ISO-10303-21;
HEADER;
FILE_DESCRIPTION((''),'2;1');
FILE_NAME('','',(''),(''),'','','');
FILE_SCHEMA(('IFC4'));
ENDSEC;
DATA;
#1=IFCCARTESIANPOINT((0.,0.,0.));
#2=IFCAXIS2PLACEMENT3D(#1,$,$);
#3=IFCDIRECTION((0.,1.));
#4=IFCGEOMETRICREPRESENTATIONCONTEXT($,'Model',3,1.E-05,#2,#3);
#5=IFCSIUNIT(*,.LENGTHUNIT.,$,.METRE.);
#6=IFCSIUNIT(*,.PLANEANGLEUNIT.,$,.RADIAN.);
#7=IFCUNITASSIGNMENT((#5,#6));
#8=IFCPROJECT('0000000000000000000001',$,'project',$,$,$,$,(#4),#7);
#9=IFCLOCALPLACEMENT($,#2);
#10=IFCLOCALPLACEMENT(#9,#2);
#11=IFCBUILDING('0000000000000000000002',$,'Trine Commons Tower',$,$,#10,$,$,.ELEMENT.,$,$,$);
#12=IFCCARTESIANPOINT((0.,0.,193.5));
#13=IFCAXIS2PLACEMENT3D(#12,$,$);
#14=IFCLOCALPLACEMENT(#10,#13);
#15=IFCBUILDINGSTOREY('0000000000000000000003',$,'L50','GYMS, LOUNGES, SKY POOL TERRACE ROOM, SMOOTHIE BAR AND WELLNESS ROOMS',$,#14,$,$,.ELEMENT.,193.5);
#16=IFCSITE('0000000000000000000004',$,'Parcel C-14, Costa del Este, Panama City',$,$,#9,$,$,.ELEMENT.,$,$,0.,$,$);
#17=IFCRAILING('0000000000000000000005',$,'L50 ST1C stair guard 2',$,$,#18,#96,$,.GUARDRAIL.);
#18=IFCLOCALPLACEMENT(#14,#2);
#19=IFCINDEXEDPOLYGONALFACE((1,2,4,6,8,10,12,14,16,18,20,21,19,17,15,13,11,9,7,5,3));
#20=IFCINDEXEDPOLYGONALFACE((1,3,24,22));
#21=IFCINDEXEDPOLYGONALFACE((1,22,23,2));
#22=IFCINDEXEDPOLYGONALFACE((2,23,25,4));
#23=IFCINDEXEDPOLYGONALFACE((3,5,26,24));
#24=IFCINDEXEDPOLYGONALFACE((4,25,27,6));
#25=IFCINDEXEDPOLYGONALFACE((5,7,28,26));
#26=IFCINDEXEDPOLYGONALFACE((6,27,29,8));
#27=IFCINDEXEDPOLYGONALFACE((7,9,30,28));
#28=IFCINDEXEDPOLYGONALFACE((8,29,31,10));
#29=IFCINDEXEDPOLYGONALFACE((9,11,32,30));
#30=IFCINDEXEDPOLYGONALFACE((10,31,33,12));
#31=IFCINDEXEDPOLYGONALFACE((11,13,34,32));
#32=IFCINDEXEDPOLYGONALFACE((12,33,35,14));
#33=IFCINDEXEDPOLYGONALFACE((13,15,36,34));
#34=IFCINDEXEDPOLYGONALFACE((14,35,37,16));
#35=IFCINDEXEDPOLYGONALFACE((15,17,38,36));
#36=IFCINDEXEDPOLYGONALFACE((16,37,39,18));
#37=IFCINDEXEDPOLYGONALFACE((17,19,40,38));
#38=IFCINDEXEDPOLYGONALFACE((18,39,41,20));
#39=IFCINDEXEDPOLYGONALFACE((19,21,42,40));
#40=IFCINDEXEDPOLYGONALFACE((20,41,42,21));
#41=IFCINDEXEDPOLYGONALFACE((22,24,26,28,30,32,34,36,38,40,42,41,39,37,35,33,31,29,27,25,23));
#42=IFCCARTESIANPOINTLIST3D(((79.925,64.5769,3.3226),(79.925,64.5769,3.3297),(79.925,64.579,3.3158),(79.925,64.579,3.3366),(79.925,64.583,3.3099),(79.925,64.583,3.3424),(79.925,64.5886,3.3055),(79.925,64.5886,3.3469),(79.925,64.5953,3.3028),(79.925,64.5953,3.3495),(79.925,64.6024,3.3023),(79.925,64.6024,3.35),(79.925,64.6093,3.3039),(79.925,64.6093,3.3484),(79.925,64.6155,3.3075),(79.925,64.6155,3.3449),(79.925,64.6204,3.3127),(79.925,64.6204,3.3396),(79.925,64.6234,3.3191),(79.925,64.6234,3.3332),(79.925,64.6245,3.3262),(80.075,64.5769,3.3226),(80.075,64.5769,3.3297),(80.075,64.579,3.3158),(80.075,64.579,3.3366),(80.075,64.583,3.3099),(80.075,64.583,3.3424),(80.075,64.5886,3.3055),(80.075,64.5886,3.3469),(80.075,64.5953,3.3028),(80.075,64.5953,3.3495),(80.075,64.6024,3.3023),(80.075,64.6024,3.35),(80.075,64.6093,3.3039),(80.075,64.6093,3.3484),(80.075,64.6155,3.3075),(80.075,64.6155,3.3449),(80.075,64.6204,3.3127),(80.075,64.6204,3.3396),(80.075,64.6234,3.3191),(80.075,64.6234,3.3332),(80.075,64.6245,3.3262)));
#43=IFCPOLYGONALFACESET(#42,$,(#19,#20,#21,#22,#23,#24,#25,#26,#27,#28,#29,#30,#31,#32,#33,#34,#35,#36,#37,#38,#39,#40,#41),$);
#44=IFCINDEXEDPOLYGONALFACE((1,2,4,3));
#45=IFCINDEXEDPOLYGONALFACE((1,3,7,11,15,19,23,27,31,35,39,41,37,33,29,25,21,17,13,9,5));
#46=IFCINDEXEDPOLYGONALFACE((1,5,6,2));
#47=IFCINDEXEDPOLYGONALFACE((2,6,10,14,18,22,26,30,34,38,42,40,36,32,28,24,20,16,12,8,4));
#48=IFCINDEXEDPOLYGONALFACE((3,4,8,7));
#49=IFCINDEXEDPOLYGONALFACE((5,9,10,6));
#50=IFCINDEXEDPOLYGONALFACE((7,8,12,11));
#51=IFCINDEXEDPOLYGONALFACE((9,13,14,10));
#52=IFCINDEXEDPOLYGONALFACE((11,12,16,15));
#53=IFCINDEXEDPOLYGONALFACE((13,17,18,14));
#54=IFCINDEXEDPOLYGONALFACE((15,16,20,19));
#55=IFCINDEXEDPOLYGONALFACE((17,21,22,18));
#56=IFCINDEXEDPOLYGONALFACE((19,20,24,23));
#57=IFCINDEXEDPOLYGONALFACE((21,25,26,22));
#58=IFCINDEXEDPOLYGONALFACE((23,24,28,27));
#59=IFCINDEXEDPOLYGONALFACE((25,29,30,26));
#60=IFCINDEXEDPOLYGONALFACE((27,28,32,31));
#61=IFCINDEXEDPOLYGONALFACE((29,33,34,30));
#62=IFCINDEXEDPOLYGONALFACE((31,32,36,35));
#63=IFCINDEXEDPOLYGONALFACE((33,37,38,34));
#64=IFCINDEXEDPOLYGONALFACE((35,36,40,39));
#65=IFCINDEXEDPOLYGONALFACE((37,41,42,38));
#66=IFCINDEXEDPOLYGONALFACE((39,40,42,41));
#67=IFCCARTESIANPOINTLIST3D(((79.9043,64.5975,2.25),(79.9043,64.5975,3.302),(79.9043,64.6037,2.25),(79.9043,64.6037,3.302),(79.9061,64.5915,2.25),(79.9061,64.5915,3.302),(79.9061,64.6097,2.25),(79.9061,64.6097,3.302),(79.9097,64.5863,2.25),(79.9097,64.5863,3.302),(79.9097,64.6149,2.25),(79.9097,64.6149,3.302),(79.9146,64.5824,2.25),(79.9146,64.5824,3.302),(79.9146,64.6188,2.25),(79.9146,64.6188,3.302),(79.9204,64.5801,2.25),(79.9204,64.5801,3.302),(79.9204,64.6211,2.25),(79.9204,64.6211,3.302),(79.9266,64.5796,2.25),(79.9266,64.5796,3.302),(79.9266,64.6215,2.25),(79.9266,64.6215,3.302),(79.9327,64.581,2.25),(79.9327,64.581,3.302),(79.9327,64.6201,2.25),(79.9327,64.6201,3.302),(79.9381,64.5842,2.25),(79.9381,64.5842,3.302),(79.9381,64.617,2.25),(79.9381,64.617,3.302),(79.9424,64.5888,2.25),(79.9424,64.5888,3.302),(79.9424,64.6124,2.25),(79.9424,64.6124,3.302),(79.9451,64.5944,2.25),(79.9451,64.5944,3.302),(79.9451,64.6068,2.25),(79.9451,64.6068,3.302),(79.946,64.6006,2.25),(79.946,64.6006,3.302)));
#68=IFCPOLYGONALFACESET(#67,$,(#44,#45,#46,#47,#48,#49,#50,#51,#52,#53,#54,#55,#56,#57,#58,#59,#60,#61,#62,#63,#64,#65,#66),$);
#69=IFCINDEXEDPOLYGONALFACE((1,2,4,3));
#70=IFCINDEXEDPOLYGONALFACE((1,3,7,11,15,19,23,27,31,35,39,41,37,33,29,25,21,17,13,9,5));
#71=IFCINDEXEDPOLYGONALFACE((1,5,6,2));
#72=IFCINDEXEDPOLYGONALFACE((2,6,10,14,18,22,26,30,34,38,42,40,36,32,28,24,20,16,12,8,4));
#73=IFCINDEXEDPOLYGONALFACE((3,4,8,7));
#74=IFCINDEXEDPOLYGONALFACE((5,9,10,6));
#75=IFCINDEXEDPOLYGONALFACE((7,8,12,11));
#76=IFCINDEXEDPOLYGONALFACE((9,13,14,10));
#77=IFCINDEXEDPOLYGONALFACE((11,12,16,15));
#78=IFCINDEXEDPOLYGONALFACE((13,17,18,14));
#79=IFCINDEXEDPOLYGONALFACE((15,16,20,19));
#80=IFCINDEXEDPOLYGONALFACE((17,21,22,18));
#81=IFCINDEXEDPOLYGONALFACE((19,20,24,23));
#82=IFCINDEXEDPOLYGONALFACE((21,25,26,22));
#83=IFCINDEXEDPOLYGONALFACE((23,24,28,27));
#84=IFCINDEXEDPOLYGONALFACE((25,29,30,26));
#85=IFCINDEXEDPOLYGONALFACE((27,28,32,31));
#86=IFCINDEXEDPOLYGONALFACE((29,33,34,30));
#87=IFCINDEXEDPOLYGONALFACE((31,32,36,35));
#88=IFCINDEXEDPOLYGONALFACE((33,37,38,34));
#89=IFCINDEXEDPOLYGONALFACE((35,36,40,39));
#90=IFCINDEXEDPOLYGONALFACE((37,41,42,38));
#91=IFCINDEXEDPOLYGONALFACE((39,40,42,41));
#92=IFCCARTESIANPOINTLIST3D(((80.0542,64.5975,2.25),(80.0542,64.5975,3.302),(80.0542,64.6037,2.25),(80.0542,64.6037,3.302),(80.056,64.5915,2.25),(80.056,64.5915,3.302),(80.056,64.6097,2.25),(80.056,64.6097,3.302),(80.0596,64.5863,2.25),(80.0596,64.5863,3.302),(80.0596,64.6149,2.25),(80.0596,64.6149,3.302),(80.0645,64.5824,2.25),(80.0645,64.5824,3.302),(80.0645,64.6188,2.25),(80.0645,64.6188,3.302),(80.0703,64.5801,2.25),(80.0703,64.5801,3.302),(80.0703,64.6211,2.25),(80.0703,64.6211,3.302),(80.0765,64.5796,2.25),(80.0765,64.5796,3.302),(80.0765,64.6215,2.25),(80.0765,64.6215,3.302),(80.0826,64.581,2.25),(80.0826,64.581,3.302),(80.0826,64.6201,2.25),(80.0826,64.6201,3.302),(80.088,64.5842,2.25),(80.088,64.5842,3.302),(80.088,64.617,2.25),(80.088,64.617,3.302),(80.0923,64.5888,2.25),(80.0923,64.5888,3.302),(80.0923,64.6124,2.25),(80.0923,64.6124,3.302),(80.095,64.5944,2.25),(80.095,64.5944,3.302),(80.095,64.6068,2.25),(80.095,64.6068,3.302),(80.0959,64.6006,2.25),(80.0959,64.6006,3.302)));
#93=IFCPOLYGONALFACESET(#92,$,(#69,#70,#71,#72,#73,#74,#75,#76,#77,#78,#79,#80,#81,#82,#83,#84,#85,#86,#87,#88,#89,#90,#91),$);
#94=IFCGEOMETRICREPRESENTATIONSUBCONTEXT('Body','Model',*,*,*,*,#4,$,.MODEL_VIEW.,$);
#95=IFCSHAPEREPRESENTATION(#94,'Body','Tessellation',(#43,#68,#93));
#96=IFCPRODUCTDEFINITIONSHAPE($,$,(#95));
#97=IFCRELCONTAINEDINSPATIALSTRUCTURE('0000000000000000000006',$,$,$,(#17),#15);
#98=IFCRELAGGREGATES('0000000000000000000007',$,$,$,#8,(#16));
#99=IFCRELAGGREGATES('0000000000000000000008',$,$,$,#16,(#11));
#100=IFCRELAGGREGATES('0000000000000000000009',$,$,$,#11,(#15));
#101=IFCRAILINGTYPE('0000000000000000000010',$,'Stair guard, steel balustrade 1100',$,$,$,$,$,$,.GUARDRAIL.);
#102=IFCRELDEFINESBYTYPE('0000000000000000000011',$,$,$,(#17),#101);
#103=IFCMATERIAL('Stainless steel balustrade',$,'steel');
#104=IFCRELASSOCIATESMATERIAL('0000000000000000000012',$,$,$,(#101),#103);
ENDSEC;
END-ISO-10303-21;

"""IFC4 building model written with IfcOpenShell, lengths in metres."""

from ifc_helpers import new_model, si_unit, direction, frame, origin, origin_2d, place, context, subcontext, project, spatial, circle, extrude, material, type_object, element, save


model = new_model("IFC4")

# Units and contexts
model_context = context("Model", 3, precision=1e-05, world=origin(), true_north=direction((0.0, 1.0)))
body_context = subcontext(model_context, "Body", "Model", "MODEL_VIEW")
ifc_project = project(units=[si_unit("LENGTHUNIT", "METRE"), si_unit("PLANEANGLEUNIT", "RADIAN")], contexts=[model_context])

# Site, building, storey
site_placement = place(None, origin())
site = spatial("IfcSite", under=ifc_project, at=site_placement, Name="Parcel C-14, Costa del Este, Panama City", CompositionType="ELEMENT", RefElevation=0.0)
building_placement = place(site_placement, origin())
building = spatial("IfcBuilding", under=site, at=building_placement, Name="Trine Commons Tower", CompositionType="ELEMENT")
storey_placement = place(building_placement, frame((0.0, 0.0, 193.5)))
storey = spatial("IfcBuildingStorey", under=building, at=storey_placement, Name="L50", Description="GYMS, LOUNGES, SKY POOL TERRACE ROOM, SMOOTHIE BAR AND WELLNESS ROOMS", CompositionType="ELEMENT", Elevation=193.5)

# Railing
ifc_material_1 = material(Name="Stainless steel balustrade", Category="steel")
railing_type_1 = type_object("IfcRailingType", Name="Stair guard, steel balustrade 1100", PredefinedType="GUARDRAIL", material=ifc_material_1)
railing_1_placement = place(storey_placement, frame((79.925, 64.6006, 2.25)))
element("IfcRailing", 1, at=railing_1_placement, inside=storey, type_object=railing_type_1, Name="L50 ST1C stair guard 2", PredefinedType="GUARDRAIL", context=body_context, shape_type="SweptSolid", body=[
    extrude(circle(Radius=0.0239, at=origin_2d()), frame((0.0, 0.0, 1.0762), z_axis=(1.0, 0.0, 0.0), x_axis=(0.0, 1.0, 0.0)), (0.0, 0.0, 1.0), 0.1499),
    extrude(circle(Radius=0.021, at=origin_2d()), origin(), (0.0, 0.0, 1.0), 1.052),
    extrude(circle(Radius=0.021, at=origin_2d()), frame((0.1499, 0.0, 0.0)), (0.0, 0.0, 1.0), 1.052),
])

save(model, "model.ifc")
